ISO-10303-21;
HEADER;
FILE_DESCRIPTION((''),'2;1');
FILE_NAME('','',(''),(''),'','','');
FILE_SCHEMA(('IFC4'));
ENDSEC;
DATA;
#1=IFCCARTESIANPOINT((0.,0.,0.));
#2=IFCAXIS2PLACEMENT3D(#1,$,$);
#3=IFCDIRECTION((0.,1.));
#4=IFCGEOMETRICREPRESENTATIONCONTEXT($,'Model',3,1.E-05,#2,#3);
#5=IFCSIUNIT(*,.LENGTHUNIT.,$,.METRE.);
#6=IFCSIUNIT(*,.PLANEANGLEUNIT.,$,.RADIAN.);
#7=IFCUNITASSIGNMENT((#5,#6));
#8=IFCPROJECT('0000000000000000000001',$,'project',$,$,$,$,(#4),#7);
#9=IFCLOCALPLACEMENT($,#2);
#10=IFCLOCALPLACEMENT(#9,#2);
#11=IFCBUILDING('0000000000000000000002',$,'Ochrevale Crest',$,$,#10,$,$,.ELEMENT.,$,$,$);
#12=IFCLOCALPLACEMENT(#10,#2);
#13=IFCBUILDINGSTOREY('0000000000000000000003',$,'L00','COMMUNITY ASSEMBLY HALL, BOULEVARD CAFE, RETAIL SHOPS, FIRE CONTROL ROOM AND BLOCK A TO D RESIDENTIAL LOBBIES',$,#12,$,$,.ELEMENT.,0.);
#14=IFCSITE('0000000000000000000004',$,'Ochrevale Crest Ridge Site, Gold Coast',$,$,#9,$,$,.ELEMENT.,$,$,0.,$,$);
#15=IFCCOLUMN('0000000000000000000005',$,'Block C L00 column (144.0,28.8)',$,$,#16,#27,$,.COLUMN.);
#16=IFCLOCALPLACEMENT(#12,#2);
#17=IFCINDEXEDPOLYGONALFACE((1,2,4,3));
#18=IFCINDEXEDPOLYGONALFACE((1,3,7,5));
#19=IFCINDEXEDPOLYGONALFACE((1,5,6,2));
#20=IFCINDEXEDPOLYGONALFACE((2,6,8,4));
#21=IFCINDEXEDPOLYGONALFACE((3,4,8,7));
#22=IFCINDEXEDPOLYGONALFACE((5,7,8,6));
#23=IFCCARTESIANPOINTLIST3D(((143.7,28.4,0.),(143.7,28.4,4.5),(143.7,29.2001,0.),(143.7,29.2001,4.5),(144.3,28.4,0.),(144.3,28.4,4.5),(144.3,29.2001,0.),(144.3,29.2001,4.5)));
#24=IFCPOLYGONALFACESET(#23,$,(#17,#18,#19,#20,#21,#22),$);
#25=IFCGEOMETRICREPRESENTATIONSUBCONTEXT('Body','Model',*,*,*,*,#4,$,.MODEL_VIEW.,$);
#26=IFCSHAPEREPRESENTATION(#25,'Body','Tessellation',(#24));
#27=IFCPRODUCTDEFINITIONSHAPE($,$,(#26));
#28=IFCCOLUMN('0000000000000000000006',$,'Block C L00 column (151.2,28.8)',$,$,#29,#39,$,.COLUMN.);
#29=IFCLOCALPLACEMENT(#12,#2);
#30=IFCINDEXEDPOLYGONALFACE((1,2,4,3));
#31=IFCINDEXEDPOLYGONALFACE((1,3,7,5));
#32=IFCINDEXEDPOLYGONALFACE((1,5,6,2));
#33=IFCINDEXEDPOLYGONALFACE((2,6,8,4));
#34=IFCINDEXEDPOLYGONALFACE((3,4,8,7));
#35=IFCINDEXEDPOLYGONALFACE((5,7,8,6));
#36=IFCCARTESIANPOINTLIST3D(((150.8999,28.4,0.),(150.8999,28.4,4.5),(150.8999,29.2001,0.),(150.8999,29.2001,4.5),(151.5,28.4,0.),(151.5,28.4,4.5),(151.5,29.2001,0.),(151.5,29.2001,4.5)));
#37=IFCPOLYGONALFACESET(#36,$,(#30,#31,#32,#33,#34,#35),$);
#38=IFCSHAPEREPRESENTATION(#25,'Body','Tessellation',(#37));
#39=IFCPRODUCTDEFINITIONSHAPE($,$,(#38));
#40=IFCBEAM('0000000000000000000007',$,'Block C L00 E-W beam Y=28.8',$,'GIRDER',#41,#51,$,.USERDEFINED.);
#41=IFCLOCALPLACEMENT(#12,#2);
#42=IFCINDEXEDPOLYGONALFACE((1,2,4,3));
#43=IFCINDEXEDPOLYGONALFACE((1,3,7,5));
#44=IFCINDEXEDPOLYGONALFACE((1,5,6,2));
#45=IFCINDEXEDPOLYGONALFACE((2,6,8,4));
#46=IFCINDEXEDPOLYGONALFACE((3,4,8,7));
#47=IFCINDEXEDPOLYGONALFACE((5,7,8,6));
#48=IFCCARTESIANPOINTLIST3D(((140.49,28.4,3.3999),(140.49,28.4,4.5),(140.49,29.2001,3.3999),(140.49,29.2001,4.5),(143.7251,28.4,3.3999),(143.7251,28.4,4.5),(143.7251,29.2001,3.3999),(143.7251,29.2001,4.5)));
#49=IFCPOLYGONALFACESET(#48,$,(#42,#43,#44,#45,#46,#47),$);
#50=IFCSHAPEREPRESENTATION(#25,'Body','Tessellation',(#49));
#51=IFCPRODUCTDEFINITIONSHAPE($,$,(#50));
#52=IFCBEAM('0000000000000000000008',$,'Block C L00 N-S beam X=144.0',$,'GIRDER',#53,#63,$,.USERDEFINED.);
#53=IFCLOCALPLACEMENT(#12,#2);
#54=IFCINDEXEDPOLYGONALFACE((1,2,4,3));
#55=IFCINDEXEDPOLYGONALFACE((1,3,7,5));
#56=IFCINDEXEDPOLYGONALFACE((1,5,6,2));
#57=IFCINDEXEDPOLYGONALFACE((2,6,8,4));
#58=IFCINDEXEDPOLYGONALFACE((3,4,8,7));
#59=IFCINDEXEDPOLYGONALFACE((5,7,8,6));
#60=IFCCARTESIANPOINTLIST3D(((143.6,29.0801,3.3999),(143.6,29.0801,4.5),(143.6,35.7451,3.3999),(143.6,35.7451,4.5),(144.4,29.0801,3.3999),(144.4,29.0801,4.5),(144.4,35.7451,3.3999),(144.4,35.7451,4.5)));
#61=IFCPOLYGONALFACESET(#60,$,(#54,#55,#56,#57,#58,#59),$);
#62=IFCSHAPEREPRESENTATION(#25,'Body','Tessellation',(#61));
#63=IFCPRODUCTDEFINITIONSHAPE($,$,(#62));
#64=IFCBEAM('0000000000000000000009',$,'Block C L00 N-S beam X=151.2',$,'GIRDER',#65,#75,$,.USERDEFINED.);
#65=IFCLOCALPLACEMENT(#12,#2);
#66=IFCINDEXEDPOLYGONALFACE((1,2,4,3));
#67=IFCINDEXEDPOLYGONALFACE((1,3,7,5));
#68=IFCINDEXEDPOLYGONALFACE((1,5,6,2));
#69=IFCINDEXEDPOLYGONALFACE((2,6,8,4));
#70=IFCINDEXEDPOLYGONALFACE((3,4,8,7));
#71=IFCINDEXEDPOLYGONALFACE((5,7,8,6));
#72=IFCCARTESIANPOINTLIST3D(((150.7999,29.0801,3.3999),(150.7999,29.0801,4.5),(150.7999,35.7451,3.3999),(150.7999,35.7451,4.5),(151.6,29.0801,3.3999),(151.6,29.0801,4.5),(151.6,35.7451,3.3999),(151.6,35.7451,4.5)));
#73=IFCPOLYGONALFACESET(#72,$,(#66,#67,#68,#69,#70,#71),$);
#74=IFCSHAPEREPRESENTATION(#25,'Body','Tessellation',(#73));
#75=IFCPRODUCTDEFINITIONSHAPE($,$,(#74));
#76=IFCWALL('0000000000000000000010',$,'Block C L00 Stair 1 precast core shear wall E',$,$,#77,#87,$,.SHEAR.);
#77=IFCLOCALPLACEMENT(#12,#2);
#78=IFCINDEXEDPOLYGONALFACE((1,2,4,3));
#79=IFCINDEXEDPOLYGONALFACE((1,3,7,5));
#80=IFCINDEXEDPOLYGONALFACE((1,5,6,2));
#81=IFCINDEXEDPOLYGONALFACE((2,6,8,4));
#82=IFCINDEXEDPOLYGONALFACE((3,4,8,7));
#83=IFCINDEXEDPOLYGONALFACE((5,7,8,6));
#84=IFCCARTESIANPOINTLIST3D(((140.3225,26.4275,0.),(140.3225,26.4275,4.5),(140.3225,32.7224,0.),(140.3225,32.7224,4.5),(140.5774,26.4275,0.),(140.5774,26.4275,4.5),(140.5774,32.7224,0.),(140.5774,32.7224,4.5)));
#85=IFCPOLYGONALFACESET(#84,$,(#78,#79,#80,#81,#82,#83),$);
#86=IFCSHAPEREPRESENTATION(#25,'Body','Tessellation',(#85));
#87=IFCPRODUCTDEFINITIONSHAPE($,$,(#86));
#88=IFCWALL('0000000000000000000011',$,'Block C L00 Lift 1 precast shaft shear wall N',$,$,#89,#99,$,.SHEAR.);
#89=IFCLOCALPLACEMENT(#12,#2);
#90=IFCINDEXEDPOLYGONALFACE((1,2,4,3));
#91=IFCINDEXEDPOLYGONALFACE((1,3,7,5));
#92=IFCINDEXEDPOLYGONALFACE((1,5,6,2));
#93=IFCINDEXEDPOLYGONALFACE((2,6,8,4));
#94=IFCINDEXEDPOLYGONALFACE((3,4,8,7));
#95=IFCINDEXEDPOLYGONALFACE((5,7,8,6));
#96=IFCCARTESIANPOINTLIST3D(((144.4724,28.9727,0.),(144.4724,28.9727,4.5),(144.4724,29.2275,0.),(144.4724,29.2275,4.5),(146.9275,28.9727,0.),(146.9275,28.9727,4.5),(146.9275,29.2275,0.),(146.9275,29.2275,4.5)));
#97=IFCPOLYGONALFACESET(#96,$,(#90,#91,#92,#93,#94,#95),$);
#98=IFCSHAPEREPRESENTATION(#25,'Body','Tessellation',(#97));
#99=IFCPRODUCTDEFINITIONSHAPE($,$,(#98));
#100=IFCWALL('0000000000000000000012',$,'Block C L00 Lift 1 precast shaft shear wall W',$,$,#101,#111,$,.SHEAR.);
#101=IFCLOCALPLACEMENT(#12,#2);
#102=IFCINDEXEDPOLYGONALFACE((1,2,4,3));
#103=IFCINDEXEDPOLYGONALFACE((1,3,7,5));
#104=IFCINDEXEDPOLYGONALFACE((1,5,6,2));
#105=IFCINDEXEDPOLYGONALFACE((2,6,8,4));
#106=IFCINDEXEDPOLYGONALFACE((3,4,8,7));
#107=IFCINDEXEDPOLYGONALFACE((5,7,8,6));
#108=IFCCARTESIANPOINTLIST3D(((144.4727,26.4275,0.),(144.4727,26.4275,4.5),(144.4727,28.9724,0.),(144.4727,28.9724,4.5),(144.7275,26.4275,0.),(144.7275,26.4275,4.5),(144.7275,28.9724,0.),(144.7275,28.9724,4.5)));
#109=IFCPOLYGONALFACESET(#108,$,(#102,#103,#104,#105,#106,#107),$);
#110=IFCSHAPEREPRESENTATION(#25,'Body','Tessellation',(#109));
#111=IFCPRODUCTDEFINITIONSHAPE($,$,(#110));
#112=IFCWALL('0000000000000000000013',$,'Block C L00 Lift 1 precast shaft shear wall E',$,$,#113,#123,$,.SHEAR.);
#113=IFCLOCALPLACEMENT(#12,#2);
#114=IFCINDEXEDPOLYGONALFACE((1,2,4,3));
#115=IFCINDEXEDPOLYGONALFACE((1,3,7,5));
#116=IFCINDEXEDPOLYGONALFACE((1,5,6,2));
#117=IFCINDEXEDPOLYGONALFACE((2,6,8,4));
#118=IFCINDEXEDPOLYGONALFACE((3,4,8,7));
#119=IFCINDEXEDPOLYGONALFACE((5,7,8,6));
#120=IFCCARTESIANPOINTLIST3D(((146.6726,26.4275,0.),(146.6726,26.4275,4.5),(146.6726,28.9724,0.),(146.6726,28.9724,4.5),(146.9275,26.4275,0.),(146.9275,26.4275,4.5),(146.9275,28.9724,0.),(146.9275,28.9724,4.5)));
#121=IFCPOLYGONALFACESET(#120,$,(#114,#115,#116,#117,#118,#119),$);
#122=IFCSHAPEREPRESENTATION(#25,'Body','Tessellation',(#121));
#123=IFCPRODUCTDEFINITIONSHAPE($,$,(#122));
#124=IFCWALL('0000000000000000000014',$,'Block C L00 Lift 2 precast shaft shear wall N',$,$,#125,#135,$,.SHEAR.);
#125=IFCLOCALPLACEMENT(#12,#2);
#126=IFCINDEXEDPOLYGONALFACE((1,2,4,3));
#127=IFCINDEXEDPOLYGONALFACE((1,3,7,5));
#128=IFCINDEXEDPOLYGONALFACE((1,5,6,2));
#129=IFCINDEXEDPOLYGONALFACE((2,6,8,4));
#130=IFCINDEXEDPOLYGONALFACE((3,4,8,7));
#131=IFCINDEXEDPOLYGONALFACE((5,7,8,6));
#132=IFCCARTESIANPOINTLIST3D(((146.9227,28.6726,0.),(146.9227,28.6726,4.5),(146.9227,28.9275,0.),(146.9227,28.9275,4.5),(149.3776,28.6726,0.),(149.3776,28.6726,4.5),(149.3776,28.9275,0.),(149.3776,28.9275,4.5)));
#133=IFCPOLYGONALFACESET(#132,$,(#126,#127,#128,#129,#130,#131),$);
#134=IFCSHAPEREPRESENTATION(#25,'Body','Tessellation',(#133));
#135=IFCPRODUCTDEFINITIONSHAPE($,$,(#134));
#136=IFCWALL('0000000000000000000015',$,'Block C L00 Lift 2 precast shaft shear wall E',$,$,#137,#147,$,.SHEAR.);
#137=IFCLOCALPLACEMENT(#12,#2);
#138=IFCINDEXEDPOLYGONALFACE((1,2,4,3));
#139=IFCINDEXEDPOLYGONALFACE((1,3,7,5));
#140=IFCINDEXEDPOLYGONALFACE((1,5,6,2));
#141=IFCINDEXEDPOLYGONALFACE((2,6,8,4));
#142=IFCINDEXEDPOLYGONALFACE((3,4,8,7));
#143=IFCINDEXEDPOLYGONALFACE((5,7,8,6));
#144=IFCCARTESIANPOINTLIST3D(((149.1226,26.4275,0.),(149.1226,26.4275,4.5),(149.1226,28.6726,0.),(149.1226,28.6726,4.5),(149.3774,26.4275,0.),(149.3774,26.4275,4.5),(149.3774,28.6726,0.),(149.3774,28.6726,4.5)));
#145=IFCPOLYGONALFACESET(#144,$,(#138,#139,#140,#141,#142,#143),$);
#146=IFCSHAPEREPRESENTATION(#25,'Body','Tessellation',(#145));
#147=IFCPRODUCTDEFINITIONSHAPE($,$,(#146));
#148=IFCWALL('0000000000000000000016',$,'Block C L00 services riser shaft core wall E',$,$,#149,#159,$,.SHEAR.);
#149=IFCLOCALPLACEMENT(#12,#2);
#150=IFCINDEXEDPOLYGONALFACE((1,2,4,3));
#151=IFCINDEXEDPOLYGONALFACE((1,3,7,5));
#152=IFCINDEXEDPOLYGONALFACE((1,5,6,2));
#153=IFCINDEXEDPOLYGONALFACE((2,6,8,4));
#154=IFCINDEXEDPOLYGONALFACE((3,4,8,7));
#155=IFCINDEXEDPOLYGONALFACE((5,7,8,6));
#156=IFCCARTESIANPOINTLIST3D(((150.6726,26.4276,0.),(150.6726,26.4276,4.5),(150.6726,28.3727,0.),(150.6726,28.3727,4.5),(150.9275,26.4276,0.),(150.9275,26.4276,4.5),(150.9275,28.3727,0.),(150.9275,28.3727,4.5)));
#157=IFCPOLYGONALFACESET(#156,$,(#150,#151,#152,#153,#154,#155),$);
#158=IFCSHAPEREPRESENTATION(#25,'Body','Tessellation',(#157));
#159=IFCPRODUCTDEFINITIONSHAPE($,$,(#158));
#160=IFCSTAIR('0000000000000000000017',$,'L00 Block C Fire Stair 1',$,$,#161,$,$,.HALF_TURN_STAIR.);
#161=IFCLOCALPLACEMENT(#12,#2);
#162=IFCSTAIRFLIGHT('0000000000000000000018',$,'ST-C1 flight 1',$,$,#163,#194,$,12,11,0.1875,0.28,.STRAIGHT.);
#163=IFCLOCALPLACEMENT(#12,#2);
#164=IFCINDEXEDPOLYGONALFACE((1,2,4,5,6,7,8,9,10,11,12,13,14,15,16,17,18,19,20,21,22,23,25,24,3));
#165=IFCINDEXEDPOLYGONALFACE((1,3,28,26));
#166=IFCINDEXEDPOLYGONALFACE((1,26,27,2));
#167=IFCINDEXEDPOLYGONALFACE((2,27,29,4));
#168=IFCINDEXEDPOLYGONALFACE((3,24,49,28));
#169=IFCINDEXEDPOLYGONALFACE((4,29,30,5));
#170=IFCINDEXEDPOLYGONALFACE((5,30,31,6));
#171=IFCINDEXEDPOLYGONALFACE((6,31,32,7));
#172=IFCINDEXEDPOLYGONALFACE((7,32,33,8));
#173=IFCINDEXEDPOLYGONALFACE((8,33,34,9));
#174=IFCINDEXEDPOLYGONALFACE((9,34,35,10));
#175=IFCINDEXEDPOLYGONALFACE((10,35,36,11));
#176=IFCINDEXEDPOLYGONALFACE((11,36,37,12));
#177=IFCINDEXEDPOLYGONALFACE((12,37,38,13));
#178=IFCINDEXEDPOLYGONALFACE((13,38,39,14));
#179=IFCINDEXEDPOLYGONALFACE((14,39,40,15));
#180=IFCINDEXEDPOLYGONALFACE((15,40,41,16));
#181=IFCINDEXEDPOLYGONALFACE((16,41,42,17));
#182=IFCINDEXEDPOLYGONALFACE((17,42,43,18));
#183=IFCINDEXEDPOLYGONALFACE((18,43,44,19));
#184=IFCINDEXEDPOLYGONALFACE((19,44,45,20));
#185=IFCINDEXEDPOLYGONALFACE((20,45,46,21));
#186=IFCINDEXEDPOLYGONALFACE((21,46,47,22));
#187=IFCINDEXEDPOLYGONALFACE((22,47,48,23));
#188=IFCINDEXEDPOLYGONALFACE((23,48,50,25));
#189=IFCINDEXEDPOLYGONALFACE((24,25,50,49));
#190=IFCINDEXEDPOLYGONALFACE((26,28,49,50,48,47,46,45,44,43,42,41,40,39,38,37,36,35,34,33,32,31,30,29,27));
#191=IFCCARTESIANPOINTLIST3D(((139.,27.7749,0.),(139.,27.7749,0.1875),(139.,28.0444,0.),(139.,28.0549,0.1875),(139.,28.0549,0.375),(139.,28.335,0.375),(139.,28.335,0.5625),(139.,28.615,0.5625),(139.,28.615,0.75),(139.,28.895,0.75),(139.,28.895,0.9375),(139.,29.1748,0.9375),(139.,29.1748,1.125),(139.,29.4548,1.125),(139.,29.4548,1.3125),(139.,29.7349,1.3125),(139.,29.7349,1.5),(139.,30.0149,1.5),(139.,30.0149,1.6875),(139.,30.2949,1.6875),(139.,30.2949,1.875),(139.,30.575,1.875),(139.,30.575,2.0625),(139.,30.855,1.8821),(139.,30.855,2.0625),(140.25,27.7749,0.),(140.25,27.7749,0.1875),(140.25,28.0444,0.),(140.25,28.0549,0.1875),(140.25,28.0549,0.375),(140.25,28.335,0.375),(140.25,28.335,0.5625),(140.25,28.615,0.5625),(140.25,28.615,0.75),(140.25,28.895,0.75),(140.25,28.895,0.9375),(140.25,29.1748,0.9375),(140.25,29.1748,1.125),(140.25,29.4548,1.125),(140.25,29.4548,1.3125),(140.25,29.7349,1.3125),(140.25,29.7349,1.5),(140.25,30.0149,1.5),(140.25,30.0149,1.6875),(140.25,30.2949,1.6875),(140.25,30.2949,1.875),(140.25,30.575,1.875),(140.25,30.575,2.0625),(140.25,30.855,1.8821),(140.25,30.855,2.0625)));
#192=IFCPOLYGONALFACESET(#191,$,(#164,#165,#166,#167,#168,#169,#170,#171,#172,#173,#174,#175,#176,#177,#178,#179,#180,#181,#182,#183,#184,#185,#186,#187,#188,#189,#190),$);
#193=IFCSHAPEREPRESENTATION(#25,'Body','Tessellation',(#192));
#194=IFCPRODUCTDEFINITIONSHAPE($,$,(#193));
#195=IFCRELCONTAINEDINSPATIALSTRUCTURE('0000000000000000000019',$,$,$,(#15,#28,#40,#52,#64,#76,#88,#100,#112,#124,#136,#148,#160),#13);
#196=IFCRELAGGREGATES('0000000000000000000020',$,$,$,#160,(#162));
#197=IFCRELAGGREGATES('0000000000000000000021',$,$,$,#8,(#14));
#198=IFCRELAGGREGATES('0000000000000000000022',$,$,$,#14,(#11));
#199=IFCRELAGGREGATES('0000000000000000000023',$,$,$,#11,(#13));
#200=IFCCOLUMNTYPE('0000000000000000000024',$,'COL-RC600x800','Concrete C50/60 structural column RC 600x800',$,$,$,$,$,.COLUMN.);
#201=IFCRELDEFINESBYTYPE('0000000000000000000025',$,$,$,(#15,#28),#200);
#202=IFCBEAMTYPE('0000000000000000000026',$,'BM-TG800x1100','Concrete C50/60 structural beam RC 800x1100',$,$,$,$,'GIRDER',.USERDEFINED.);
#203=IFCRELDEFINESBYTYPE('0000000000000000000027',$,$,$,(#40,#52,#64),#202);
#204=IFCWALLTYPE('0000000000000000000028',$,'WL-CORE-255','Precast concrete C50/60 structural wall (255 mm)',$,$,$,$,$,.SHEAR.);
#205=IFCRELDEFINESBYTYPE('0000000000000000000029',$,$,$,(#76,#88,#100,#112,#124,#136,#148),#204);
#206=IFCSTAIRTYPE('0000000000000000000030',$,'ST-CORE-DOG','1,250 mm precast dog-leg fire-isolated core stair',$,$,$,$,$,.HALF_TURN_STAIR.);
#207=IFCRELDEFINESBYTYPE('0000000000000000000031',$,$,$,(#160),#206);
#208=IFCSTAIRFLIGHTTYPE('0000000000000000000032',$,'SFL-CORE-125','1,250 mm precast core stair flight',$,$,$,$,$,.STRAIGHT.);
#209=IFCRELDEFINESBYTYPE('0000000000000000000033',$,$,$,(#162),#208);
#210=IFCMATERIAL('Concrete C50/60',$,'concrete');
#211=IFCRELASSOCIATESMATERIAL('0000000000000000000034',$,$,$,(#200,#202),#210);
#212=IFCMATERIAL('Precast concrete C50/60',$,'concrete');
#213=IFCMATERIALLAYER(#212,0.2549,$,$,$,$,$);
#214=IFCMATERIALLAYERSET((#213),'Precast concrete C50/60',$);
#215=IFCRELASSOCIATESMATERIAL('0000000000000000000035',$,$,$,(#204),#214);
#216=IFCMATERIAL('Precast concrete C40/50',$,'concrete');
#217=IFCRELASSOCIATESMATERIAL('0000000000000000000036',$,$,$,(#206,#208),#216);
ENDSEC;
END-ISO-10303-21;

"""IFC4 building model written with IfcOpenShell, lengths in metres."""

from ifc_helpers import new_model, si_unit, direction, frame, frame_2d, origin, origin_2d, place, context, subcontext, project, spatial, polyline, rectangle, outline, extrude, material, layer, layer_set, material_profile, profile_set, type_object, element, aggregate, save


model = new_model("IFC4")

# Units and contexts
model_context = context("Model", 3, precision=1e-05, world=origin(), true_north=direction((0.0, 1.0)))
body_context = subcontext(model_context, "Body", "Model", "MODEL_VIEW")
ifc_project = project(units=[si_unit("LENGTHUNIT", "METRE"), si_unit("PLANEANGLEUNIT", "RADIAN")], contexts=[model_context])

# Site, building, storey
site_placement = place(None, origin())
site = spatial("IfcSite", under=ifc_project, at=site_placement, Name="Ochrevale Crest Ridge Site, Gold Coast", CompositionType="ELEMENT", RefElevation=0.0)
building_placement = place(site_placement, origin())
building = spatial("IfcBuilding", under=site, at=building_placement, Name="Ochrevale Crest", CompositionType="ELEMENT")
storey_placement = place(building_placement, origin())
storey = spatial("IfcBuildingStorey", under=building, at=storey_placement, Name="L00", Description="COMMUNITY ASSEMBLY HALL, BOULEVARD CAFE, RETAIL SHOPS, FIRE CONTROL ROOM AND BLOCK A TO D RESIDENTIAL LOBBIES", CompositionType="ELEMENT", Elevation=0.0)

# Columns
ifc_material_1 = material(Name="Concrete C50/60", Category="concrete")
ifc_material_profile_1 = material_profile(ifc_material_1, rectangle(XDim=0.6001, YDim=0.8, at=origin_2d()), Name="RC 600x800")
ifc_profile_set_1 = profile_set([ifc_material_profile_1], Name="Concrete C50/60")
column_type = type_object("IfcColumnType", Name="COL-RC600x800", Description="Concrete C50/60 structural column RC 600x800", PredefinedType="COLUMN", material=ifc_profile_set_1)
for number, where, z_axis, x_axis, name in (
    (1, (144.0, 28.8, 0.0), (0.0, 0.0, 1.0), (1.0, 0.0, 0.0), "Block C L00 column (144.0,28.8)"),
    (2, (151.2, 28.8, 0.0), (0.0, 0.0, 1.0), (1.0, 0.0, 0.0), "Block C L00 column (151.2,28.8)"),
):
    element("IfcColumn", number, at=place(storey_placement, frame(where, z_axis=z_axis, x_axis=x_axis)), inside=storey, type_object=column_type, Name=name, PredefinedType="COLUMN", context=body_context, shape_type="SweptSolid", body=[
        extrude(rectangle(XDim=0.6001, YDim=0.8, at=origin_2d()), origin(), (0.0, 0.0, 1.0), 4.5),
    ])

# Beams
ifc_material_profile_2 = material_profile(ifc_material_1, rectangle(XDim=0.8, YDim=1.1001, at=origin_2d()), Name="RC 800x1100")
ifc_profile_set_2 = profile_set([ifc_material_profile_2], Name="Concrete C50/60")
beam_type = type_object("IfcBeamType", Name="BM-TG800x1100", Description="Concrete C50/60 structural beam RC 800x1100", ElementType="GIRDER", PredefinedType="USERDEFINED", material=ifc_profile_set_2)
beam_placement = place(storey_placement, frame((140.49, 28.8, 3.95), z_axis=(1.0, 0.0, 0.0), x_axis=(0.0, 1.0, 0.0)))
element("IfcBeam", 3, at=beam_placement, inside=storey, type_object=beam_type, Name="Block C L00 E-W beam Y=28.8", ObjectType="GIRDER", PredefinedType="USERDEFINED", context=body_context, shape_type="SweptSolid", body=[
    extrude(rectangle(XDim=0.8, YDim=1.1001, at=origin_2d()), origin(), (0.0, 0.0, 1.0), 3.2351),
])
for number, where, z_axis, x_axis, name in (
    (4, (144.0, 29.0801, 3.95), (0.0, 1.0, 0.0), (-1.0, 0.0, 0.0), "Block C L00 N-S beam X=144.0"),
    (5, (151.2, 29.0801, 3.95), (0.0, 1.0, 0.0), (-1.0, 0.0, 0.0), "Block C L00 N-S beam X=151.2"),
):
    element("IfcBeam", number, at=place(storey_placement, frame(where, z_axis=z_axis, x_axis=x_axis)), inside=storey, type_object=beam_type, Name=name, ObjectType="GIRDER", PredefinedType="USERDEFINED", context=body_context, shape_type="SweptSolid", body=[
        extrude(rectangle(XDim=0.8, YDim=1.1001, at=origin_2d()), origin(), (0.0, 0.0, 1.0), 6.665),
    ])

# Wall
ifc_material_2 = material(Name="Precast concrete C50/60", Category="concrete")
ifc_layer = layer(ifc_material_2, 0.2549)
ifc_layer_set = layer_set([ifc_layer], Name="Precast concrete C50/60")
wall_type = type_object("IfcWallType", Name="WL-CORE-255", Description="Precast concrete C50/60 structural wall (255 mm)", PredefinedType="SHEAR", material=ifc_layer_set)
wall_1_placement = place(storey_placement, frame((140.45, 26.4275, 0.0), z_axis=(0.0, 0.0, 1.0), x_axis=(0.0, 1.0, 0.0)))
element("IfcWall", 6, at=wall_1_placement, inside=storey, type_object=wall_type, Name="Block C L00 Stair 1 precast core shear wall E", PredefinedType="SHEAR", context=body_context, shape_type="SweptSolid", body=[
    extrude(rectangle(XDim=6.2949, YDim=0.2549, at=frame_2d((3.1475, 0.0))), origin(), (0.0, 0.0, 1.0), 4.5),
])

# Walls
wall_2_placement = place(storey_placement, frame((144.4724, 29.1001, 0.0), z_axis=(0.0, 0.0, 1.0), x_axis=(1.0, 0.0, 0.0)))
element("IfcWall", 7, at=wall_2_placement, inside=storey, type_object=wall_type, Name="Block C L00 Lift 1 precast shaft shear wall N", PredefinedType="SHEAR", context=body_context, shape_type="SweptSolid", body=[
    extrude(rectangle(XDim=2.4551, YDim=0.2549, at=frame_2d((1.2275, 0.0))), origin(), (0.0, 0.0, 1.0), 4.5),
])
for number, where, z_axis, x_axis, name in (
    (8, (144.6001, 26.4275, 0.0), (0.0, 0.0, 1.0), (0.0, 1.0, 0.0), "Block C L00 Lift 1 precast shaft shear wall W"),
    (9, (146.8, 26.4275, 0.0), (0.0, 0.0, 1.0), (0.0, 1.0, 0.0), "Block C L00 Lift 1 precast shaft shear wall E"),
):
    element("IfcWall", number, at=place(storey_placement, frame(where, z_axis=z_axis, x_axis=x_axis)), inside=storey, type_object=wall_type, Name=name, PredefinedType="SHEAR", context=body_context, shape_type="SweptSolid", body=[
        extrude(rectangle(XDim=2.5449, YDim=0.2549, at=frame_2d((1.2725, 0.0))), origin(), (0.0, 0.0, 1.0), 4.5),
    ])

# Walls
wall_3_placement = place(storey_placement, frame((146.9226, 28.8, 0.0), z_axis=(0.0, 0.0, 1.0), x_axis=(1.0, 0.0, 0.0)))
element("IfcWall", 10, at=wall_3_placement, inside=storey, type_object=wall_type, Name="Block C L00 Lift 2 precast shaft shear wall N", PredefinedType="SHEAR", context=body_context, shape_type="SweptSolid", body=[
    extrude(rectangle(XDim=2.4548, YDim=0.2549, at=frame_2d((1.2275, 0.0))), origin(), (0.0, 0.0, 1.0), 4.5),
])
wall_4_placement = place(storey_placement, frame((149.25, 26.4275, 0.0), z_axis=(0.0, 0.0, 1.0), x_axis=(0.0, 1.0, 0.0)))
element("IfcWall", 11, at=wall_4_placement, inside=storey, type_object=wall_type, Name="Block C L00 Lift 2 precast shaft shear wall E", PredefinedType="SHEAR", context=body_context, shape_type="SweptSolid", body=[
    extrude(rectangle(XDim=2.2451, YDim=0.2549, at=frame_2d((1.1226, 0.0))), origin(), (0.0, 0.0, 1.0), 4.5),
])
wall_5_placement = place(storey_placement, frame((150.8, 26.4275, 0.0), z_axis=(0.0, 0.0, 1.0), x_axis=(0.0, 1.0, 0.0)))
element("IfcWall", 12, at=wall_5_placement, inside=storey, type_object=wall_type, Name="Block C L00 services riser shaft core wall E", PredefinedType="SHEAR", context=body_context, shape_type="SweptSolid", body=[
    extrude(rectangle(XDim=1.9451, YDim=0.2549, at=frame_2d((0.9727, 0.0))), origin(), (0.0, 0.0, 1.0), 4.5),
])

# Stair, stair flight
ifc_material_3 = material(Name="Precast concrete C40/50", Category="concrete")
stair_type = type_object("IfcStairType", Name="ST-CORE-DOG", Description="1,250 mm precast dog-leg fire-isolated core stair", PredefinedType="HALF_TURN_STAIR", material=ifc_material_3)
stair_placement = place(storey_placement, origin())
stair = element("IfcStair", 13, at=stair_placement, inside=storey, type_object=stair_type, Name="L00 Block C Fire Stair 1", PredefinedType="HALF_TURN_STAIR")
stair_flight_type = type_object("IfcStairFlightType", Name="SFL-CORE-125", Description="1,250 mm precast core stair flight", PredefinedType="STRAIGHT", material=ifc_material_3)
stair_flight_placement = place(storey_placement, frame((139.625, 27.7749, 0.0), z_axis=(0.0, 0.0, 1.0), x_axis=(0.0, 1.0, 0.0)))
stair_flight = element("IfcStairFlight", 14, at=stair_flight_placement, type_object=stair_flight_type, Name="ST-C1 flight 1", NumberOfRisers=12, NumberOfTreads=11, PredefinedType="STRAIGHT", RiserHeight=0.1875, TreadLength=0.28, context=body_context, shape_type="SweptSolid", body=[
    extrude(outline(polyline([(0.0, 0.0), (0.0, 0.1875), (0.28, 0.1875), (0.28, 0.375), (0.5601, 0.375), (0.5601, 0.5625), (0.8401, 0.5625), (0.8401, 0.75), (1.1201, 0.75), (1.1201, 0.9375), (1.3999, 0.9375), (1.3999, 1.125), (1.6799, 1.125), (1.6799, 1.3125), (1.96, 1.3125), (1.96, 1.5), (2.24, 1.5), (2.24, 1.6875), (2.52, 1.6875), (2.52, 1.875), (2.8, 1.875), (2.8, 2.0625), (3.0801, 2.0625), (3.0801, 2.25), (3.0801, 1.8821), (0.2695, 0.0), (0.0, 0.0)])), frame((0.0, 0.625, 0.0), z_axis=(0.0, -1.0, 0.0), x_axis=(1.0, 0.0, 0.0)), (0.0, 0.0, 1.0), 1.25),
])
aggregate(stair, [stair_flight])

save(model, "model.ifc")
